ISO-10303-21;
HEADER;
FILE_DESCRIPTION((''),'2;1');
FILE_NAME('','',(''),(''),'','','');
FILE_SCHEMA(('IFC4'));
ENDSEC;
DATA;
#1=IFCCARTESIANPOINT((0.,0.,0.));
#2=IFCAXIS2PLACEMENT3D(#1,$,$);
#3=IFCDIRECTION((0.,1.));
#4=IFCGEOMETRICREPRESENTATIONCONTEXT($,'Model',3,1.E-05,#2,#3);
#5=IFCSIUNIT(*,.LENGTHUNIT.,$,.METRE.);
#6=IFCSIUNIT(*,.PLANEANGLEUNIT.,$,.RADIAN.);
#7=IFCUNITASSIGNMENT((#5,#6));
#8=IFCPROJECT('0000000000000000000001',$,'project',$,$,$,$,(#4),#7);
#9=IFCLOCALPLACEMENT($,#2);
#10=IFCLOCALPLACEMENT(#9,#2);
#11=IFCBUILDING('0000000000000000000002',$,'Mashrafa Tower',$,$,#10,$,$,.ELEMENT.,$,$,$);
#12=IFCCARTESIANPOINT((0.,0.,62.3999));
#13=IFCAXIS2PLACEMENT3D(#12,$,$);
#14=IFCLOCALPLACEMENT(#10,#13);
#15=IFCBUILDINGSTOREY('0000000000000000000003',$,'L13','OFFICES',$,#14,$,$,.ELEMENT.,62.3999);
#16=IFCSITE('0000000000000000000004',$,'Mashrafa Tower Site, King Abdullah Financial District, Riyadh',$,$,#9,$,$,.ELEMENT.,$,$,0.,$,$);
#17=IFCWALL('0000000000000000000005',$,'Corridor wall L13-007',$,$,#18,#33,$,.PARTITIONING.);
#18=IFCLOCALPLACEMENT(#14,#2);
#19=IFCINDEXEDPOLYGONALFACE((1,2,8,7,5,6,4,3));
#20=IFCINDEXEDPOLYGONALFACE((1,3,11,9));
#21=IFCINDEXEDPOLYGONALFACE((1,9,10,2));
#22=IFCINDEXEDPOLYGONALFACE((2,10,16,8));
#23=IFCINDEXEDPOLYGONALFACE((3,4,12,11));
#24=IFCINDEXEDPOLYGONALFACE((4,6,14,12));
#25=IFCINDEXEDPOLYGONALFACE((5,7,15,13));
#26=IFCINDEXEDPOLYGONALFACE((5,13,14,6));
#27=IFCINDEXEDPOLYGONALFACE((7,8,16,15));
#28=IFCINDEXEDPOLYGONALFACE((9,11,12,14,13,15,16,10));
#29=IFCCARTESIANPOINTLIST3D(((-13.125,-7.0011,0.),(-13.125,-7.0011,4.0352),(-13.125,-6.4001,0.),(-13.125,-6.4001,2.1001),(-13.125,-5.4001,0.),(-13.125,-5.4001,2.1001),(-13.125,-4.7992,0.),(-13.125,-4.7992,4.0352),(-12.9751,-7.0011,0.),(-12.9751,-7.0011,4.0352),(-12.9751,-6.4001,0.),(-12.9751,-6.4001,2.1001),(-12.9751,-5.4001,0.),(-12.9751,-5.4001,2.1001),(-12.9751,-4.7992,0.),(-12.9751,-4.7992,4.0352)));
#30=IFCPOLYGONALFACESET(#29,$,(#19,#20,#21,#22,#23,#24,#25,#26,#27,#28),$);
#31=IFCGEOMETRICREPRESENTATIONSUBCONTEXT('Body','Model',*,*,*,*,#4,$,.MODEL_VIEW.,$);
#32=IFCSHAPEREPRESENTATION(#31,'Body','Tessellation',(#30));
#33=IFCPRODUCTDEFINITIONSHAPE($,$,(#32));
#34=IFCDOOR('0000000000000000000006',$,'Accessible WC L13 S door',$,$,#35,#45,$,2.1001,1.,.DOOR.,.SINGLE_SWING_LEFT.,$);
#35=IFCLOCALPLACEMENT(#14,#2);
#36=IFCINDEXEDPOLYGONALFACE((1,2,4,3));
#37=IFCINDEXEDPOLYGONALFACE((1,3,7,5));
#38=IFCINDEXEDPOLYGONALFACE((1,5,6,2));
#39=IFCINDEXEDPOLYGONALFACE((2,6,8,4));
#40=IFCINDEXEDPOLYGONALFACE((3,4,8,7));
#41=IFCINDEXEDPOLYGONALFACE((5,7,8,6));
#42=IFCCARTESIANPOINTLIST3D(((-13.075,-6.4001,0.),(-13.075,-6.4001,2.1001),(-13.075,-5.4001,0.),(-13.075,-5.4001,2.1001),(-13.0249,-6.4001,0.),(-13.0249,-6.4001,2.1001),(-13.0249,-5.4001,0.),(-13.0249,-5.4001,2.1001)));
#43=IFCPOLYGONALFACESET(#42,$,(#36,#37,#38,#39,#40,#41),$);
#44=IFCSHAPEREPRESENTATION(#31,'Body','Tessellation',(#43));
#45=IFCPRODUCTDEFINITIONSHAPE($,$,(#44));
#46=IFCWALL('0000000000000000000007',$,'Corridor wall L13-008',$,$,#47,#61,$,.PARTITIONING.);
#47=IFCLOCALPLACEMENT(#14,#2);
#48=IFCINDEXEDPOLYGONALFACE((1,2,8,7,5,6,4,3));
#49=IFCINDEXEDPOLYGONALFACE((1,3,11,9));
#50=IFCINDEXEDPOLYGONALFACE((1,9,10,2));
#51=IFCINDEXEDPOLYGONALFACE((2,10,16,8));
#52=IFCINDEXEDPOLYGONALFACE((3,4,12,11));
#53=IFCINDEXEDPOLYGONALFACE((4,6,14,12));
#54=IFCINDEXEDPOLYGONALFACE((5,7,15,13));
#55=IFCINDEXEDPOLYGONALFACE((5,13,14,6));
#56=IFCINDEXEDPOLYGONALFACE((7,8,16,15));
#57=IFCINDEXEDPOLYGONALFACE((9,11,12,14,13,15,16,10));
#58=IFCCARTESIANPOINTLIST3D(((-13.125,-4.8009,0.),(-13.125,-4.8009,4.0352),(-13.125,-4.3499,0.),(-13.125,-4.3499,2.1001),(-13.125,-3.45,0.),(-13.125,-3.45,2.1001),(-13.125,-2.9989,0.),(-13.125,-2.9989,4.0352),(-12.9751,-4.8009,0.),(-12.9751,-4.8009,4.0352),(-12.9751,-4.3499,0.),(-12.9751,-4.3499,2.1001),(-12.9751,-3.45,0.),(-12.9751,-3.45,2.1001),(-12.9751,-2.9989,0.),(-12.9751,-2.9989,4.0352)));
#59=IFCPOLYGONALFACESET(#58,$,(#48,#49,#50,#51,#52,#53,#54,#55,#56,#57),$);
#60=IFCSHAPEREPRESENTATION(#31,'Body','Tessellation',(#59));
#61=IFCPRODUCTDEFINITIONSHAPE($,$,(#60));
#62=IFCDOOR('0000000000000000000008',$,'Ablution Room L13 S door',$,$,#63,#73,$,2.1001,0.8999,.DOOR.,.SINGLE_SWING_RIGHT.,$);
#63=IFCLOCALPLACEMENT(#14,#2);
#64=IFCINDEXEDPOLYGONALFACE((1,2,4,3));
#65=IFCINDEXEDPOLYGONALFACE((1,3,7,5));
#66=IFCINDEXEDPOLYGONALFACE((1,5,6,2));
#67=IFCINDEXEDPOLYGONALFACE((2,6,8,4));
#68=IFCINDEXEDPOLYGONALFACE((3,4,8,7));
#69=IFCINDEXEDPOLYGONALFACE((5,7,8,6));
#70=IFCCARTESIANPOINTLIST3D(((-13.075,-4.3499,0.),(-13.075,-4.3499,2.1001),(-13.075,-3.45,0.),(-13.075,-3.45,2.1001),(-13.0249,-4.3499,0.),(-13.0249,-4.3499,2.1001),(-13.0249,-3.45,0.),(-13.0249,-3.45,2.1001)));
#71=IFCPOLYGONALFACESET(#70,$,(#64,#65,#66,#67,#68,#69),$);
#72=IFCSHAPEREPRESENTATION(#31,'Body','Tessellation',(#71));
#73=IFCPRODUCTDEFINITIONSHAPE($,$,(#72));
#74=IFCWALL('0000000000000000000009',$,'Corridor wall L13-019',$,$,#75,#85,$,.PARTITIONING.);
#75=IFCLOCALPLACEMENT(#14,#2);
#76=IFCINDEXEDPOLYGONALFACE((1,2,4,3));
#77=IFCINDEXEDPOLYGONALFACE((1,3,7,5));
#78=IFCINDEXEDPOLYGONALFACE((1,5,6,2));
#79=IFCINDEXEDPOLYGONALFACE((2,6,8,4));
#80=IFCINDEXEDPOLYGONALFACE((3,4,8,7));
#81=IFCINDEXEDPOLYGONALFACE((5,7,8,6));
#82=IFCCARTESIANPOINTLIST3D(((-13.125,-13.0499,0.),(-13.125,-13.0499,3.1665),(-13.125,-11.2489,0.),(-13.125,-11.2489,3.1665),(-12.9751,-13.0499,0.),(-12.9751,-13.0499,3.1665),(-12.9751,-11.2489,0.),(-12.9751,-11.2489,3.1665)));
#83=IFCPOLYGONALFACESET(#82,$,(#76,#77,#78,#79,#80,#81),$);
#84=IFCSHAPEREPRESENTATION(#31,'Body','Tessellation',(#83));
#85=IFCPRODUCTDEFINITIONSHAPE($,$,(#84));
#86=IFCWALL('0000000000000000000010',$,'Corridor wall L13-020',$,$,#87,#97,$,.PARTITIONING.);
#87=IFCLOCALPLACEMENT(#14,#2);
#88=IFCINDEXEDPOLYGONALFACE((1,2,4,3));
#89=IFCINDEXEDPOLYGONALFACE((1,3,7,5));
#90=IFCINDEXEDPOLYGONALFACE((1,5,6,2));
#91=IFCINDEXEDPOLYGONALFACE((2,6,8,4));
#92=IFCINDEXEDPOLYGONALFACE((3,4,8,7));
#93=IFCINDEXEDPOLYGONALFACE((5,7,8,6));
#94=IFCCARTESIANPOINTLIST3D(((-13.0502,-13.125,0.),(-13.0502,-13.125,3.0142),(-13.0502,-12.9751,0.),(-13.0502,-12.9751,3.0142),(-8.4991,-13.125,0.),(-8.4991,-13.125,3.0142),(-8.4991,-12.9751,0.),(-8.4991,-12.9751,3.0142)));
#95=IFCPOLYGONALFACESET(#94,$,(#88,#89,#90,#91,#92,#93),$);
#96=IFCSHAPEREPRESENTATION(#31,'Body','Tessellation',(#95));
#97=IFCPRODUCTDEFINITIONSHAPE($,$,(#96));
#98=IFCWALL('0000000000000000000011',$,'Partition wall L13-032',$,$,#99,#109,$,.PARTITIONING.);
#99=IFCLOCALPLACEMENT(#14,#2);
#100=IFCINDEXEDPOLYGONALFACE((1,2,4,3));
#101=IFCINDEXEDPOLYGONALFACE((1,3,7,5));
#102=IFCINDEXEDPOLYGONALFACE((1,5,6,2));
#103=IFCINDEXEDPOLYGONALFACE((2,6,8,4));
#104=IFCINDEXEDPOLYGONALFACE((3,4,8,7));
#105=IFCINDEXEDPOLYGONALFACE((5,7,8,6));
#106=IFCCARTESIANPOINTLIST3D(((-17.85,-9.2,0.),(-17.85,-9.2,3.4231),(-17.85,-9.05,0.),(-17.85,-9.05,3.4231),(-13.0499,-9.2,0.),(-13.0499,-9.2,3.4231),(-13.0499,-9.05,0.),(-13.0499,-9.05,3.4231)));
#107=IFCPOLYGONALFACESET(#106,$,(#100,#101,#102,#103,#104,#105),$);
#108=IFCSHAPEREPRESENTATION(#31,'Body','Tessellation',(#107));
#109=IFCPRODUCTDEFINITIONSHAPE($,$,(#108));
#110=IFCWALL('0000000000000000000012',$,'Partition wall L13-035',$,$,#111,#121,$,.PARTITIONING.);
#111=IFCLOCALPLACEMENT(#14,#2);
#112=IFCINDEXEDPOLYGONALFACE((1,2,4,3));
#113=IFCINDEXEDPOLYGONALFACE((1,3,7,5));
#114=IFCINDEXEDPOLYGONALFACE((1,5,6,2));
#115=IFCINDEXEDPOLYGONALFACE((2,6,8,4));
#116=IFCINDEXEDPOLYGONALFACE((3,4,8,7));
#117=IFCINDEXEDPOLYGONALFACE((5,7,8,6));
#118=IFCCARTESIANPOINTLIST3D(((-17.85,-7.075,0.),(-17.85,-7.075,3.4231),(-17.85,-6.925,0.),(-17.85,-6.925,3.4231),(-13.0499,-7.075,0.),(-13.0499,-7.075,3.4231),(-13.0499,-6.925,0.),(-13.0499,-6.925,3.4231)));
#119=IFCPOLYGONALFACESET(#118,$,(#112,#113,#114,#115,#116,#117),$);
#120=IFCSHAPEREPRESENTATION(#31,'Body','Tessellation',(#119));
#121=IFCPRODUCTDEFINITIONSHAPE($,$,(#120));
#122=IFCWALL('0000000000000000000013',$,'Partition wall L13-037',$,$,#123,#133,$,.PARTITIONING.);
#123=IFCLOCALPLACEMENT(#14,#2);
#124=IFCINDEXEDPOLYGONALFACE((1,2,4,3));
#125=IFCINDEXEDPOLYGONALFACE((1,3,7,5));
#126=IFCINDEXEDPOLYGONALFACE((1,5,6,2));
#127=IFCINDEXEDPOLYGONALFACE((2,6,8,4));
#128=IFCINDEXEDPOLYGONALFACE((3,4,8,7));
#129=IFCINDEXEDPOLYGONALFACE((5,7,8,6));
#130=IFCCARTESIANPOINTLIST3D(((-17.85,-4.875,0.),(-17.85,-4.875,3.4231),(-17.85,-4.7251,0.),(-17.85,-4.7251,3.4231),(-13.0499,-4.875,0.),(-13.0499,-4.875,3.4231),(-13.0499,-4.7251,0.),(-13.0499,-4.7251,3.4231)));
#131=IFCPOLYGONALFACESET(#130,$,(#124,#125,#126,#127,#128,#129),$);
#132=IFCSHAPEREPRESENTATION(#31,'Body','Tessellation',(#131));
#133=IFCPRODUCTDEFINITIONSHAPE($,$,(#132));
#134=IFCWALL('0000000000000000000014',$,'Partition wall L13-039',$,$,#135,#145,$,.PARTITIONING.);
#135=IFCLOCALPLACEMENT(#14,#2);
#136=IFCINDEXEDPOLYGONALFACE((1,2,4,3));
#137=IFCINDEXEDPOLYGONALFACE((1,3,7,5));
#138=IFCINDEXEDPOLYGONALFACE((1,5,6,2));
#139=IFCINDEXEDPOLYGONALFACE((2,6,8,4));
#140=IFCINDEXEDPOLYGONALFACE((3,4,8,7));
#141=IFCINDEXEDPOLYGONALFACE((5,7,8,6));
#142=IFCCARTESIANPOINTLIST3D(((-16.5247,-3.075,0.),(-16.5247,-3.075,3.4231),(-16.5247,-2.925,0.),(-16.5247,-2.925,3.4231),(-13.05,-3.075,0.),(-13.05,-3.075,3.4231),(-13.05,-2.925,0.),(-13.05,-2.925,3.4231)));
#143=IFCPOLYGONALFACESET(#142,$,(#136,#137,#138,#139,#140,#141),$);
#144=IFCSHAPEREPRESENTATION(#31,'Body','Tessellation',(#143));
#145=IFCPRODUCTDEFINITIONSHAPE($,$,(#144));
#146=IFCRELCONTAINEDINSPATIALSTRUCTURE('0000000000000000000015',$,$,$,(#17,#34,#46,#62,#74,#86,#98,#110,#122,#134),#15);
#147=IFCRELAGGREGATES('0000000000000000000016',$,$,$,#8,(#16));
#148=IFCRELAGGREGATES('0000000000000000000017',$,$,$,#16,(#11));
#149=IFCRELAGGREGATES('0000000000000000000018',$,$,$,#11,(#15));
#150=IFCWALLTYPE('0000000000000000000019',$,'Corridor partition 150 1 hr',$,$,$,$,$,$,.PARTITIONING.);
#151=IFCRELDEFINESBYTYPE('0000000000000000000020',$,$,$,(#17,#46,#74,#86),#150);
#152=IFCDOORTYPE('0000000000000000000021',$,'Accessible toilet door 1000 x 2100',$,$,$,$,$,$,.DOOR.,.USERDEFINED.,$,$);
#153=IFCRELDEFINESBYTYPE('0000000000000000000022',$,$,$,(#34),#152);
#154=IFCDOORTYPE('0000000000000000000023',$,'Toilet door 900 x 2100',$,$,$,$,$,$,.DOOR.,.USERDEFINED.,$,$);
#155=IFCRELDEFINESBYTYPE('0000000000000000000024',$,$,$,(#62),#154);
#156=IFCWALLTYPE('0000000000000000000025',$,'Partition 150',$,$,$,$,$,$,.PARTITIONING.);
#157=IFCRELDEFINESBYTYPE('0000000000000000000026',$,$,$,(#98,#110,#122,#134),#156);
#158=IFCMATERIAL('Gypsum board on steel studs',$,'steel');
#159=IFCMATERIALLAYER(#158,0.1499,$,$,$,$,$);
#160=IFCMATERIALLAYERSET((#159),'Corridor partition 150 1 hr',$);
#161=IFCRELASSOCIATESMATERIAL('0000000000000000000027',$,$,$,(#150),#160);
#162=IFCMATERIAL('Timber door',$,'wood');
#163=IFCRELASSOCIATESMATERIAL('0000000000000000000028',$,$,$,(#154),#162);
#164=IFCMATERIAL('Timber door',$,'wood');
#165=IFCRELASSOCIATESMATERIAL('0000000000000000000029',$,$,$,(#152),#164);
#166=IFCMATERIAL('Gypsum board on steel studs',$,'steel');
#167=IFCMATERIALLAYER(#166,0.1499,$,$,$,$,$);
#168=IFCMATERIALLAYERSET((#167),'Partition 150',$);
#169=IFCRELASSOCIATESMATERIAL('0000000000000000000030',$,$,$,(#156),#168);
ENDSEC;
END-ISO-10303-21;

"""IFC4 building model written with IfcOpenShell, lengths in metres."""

from ifc_helpers import new_model, si_unit, direction, frame, frame_2d, origin, place, context, subcontext, project, spatial, rectangle, extrude, material, layer, layer_set, type_object, element, fill, save


model = new_model("IFC4")

# Units and contexts
model_context = context("Model", 3, precision=1e-05, world=origin(), true_north=direction((0.0, 1.0)))
body_context = subcontext(model_context, "Body", "Model", "MODEL_VIEW")
ifc_project = project(units=[si_unit("LENGTHUNIT", "METRE"), si_unit("PLANEANGLEUNIT", "RADIAN")], contexts=[model_context])

# Site, building, storey
site_placement = place(None, origin())
site = spatial("IfcSite", under=ifc_project, at=site_placement, Name="Mashrafa Tower Site, King Abdullah Financial District, Riyadh", CompositionType="ELEMENT", RefElevation=0.0)
building_placement = place(site_placement, origin())
building = spatial("IfcBuilding", under=site, at=building_placement, Name="Mashrafa Tower", CompositionType="ELEMENT")
storey_placement = place(building_placement, frame((0.0, 0.0, 62.3999)))
storey = spatial("IfcBuildingStorey", under=building, at=storey_placement, Name="L13", Description="OFFICES", CompositionType="ELEMENT", Elevation=62.3999)

# Walls, openings, doors
ifc_material_1 = material(Name="Gypsum board on steel studs", Category="steel")
ifc_layer_1 = layer(ifc_material_1, 0.1499)
ifc_layer_set_1 = layer_set([ifc_layer_1], Name="Corridor partition 150 1 hr")
wall_type_1 = type_object("IfcWallType", Name="Corridor partition 150 1 hr", PredefinedType="PARTITIONING", material=ifc_layer_set_1)
ifc_material_2 = material(Name="Timber door", Category="wood")
door_type_1 = type_object("IfcDoorType", Name="Toilet door 900 x 2100", OperationType="USERDEFINED", PredefinedType="DOOR", material=ifc_material_2)
wall_1_placement = place(storey_placement, frame((-13.05, -4.7991, 0.0), z_axis=(0.0, 0.0, 1.0), x_axis=(0.0, -1.0, 0.0)))
wall_1 = element("IfcWall", 1, at=wall_1_placement, inside=storey, type_object=wall_type_1, Name="Corridor wall L13-007", PredefinedType="PARTITIONING", context=body_context, shape_type="SweptSolid", body=[
    extrude(rectangle(XDim=2.2019, YDim=0.1499, at=frame_2d((1.1011, 0.0))), origin(), (0.0, 0.0, 1.0), 4.0352),
])
opening_1_placement = place(wall_1_placement, frame((0.6011, 0.0, 0.0)))
opening_1 = element("IfcOpeningElement", 2, at=opening_1_placement, cuts=wall_1, PredefinedType="OPENING", context=body_context, shape_type="SweptSolid", body=[
    extrude(rectangle(XDim=1.0, YDim=2.1001, at=frame_2d((0.5, 1.05))), frame((0.0, 0.085, 0.0), z_axis=(0.0, -1.0, 0.0), x_axis=(1.0, 0.0, 0.0)), (0.0, 0.0, 1.0), 0.1699),
])
ifc_material_3 = material(Name="Timber door", Category="wood")
door_type_2 = type_object("IfcDoorType", Name="Accessible toilet door 1000 x 2100", OperationType="USERDEFINED", PredefinedType="DOOR", material=ifc_material_3)
door_1_placement = place(opening_1_placement, frame((1.0, 0.0, 0.0), z_axis=(0.0, 0.0, 1.0), x_axis=(-1.0, 0.0, 0.0)))
door_1 = element("IfcDoor", 3, at=door_1_placement, inside=storey, type_object=door_type_2, Name="Accessible WC L13 S door", OperationType="SINGLE_SWING_LEFT", OverallHeight=2.1001, OverallWidth=1.0, PredefinedType="DOOR", context=body_context, shape_type="SweptSolid", body=[
    extrude(rectangle(XDim=1.0, YDim=2.1001, at=frame_2d((0.5, 1.05))), frame((0.0, 0.0249, 0.0), z_axis=(0.0, -1.0, 0.0), x_axis=(1.0, 0.0, 0.0)), (0.0, 0.0, 1.0), 0.05),
])
fill(opening_1, door_1)
wall_2_placement = place(storey_placement, frame((-13.05, -2.999, 0.0), z_axis=(0.0, 0.0, 1.0), x_axis=(0.0, -1.0, 0.0)))
wall_2 = element("IfcWall", 4, at=wall_2_placement, inside=storey, type_object=wall_type_1, Name="Corridor wall L13-008", PredefinedType="PARTITIONING", context=body_context, shape_type="SweptSolid", body=[
    extrude(rectangle(XDim=1.802, YDim=0.1499, at=frame_2d((0.9009, 0.0))), origin(), (0.0, 0.0, 1.0), 4.0352),
])
opening_2_placement = place(wall_2_placement, frame((0.4509, 0.0, 0.0)))
opening_2 = element("IfcOpeningElement", 5, at=opening_2_placement, cuts=wall_2, PredefinedType="OPENING", context=body_context, shape_type="SweptSolid", body=[
    extrude(rectangle(XDim=0.8999, YDim=2.1001, at=frame_2d((0.45, 1.05))), frame((0.0, 0.085, 0.0), z_axis=(0.0, -1.0, 0.0), x_axis=(1.0, 0.0, 0.0)), (0.0, 0.0, 1.0), 0.1699),
])
door_2_placement = place(opening_2_placement, frame((0.8999, 0.0, 0.0), z_axis=(0.0, 0.0, 1.0), x_axis=(-1.0, 0.0, 0.0)))
door_2 = element("IfcDoor", 6, at=door_2_placement, inside=storey, type_object=door_type_1, Name="Ablution Room L13 S door", OperationType="SINGLE_SWING_RIGHT", OverallHeight=2.1001, OverallWidth=0.8999, PredefinedType="DOOR", context=body_context, shape_type="SweptSolid", body=[
    extrude(rectangle(XDim=0.8999, YDim=2.1001, at=frame_2d((0.45, 1.05))), frame((0.0, 0.0249, 0.0), z_axis=(0.0, -1.0, 0.0), x_axis=(1.0, 0.0, 0.0)), (0.0, 0.0, 1.0), 0.05),
])
fill(opening_2, door_2)

# Walls
wall_3_placement = place(storey_placement, frame((-13.05, -11.249, 0.0), z_axis=(0.0, 0.0, 1.0), x_axis=(0.0, -1.0, 0.0)))
element("IfcWall", 7, at=wall_3_placement, inside=storey, type_object=wall_type_1, Name="Corridor wall L13-019", PredefinedType="PARTITIONING", context=body_context, shape_type="SweptSolid", body=[
    extrude(rectangle(XDim=1.801, YDim=0.1499, at=frame_2d((0.9004, 0.0))), origin(), (0.0, 0.0, 1.0), 3.1665),
])
wall_4_placement = place(storey_placement, frame((-13.05, -13.05, 0.0), z_axis=(0.0, 0.0, 1.0), x_axis=(1.0, 0.0, 0.0)))
element("IfcWall", 8, at=wall_4_placement, inside=storey, type_object=wall_type_1, Name="Corridor wall L13-020", PredefinedType="PARTITIONING", context=body_context, shape_type="SweptSolid", body=[
    extrude(rectangle(XDim=4.551, YDim=0.1499, at=frame_2d((2.2754, 0.0))), origin(), (0.0, 0.0, 1.0), 3.0142),
])
ifc_material_4 = material(Name="Gypsum board on steel studs", Category="steel")
ifc_layer_2 = layer(ifc_material_4, 0.1499)
ifc_layer_set_2 = layer_set([ifc_layer_2], Name="Partition 150")
wall_type_2 = type_object("IfcWallType", Name="Partition 150", PredefinedType="PARTITIONING", material=ifc_layer_set_2)
for number, where, z_axis, x_axis, name in (
    (9, (-13.05, -9.125, 0.0), (0.0, 0.0, 1.0), (-1.0, 0.0, 0.0), "Partition wall L13-032"),
    (10, (-13.05, -7.0, 0.0), (0.0, 0.0, 1.0), (-1.0, 0.0, 0.0), "Partition wall L13-035"),
    (11, (-13.05, -4.8, 0.0), (0.0, 0.0, 1.0), (-1.0, 0.0, 0.0), "Partition wall L13-037"),
):
    element("IfcWall", number, at=place(storey_placement, frame(where, z_axis=z_axis, x_axis=x_axis)), inside=storey, type_object=wall_type_2, Name=name, PredefinedType="PARTITIONING", context=body_context, shape_type="SweptSolid", body=[
        extrude(rectangle(XDim=4.8, YDim=0.1499, at=frame_2d((2.3999, 0.0))), origin(), (0.0, 0.0, 1.0), 3.4231),
    ])
wall_5_placement = place(storey_placement, frame((-13.05, -3.0, 0.0), z_axis=(0.0, 0.0, 1.0), x_axis=(-1.0, 0.0, 0.0)))
element("IfcWall", 12, at=wall_5_placement, inside=storey, type_object=wall_type_2, Name="Partition wall L13-039", PredefinedType="PARTITIONING", context=body_context, shape_type="SweptSolid", body=[
    extrude(rectangle(XDim=3.4746, YDim=0.1499, at=frame_2d((1.7373, 0.0))), origin(), (0.0, 0.0, 1.0), 3.4231),
])

save(model, "model.ifc")
